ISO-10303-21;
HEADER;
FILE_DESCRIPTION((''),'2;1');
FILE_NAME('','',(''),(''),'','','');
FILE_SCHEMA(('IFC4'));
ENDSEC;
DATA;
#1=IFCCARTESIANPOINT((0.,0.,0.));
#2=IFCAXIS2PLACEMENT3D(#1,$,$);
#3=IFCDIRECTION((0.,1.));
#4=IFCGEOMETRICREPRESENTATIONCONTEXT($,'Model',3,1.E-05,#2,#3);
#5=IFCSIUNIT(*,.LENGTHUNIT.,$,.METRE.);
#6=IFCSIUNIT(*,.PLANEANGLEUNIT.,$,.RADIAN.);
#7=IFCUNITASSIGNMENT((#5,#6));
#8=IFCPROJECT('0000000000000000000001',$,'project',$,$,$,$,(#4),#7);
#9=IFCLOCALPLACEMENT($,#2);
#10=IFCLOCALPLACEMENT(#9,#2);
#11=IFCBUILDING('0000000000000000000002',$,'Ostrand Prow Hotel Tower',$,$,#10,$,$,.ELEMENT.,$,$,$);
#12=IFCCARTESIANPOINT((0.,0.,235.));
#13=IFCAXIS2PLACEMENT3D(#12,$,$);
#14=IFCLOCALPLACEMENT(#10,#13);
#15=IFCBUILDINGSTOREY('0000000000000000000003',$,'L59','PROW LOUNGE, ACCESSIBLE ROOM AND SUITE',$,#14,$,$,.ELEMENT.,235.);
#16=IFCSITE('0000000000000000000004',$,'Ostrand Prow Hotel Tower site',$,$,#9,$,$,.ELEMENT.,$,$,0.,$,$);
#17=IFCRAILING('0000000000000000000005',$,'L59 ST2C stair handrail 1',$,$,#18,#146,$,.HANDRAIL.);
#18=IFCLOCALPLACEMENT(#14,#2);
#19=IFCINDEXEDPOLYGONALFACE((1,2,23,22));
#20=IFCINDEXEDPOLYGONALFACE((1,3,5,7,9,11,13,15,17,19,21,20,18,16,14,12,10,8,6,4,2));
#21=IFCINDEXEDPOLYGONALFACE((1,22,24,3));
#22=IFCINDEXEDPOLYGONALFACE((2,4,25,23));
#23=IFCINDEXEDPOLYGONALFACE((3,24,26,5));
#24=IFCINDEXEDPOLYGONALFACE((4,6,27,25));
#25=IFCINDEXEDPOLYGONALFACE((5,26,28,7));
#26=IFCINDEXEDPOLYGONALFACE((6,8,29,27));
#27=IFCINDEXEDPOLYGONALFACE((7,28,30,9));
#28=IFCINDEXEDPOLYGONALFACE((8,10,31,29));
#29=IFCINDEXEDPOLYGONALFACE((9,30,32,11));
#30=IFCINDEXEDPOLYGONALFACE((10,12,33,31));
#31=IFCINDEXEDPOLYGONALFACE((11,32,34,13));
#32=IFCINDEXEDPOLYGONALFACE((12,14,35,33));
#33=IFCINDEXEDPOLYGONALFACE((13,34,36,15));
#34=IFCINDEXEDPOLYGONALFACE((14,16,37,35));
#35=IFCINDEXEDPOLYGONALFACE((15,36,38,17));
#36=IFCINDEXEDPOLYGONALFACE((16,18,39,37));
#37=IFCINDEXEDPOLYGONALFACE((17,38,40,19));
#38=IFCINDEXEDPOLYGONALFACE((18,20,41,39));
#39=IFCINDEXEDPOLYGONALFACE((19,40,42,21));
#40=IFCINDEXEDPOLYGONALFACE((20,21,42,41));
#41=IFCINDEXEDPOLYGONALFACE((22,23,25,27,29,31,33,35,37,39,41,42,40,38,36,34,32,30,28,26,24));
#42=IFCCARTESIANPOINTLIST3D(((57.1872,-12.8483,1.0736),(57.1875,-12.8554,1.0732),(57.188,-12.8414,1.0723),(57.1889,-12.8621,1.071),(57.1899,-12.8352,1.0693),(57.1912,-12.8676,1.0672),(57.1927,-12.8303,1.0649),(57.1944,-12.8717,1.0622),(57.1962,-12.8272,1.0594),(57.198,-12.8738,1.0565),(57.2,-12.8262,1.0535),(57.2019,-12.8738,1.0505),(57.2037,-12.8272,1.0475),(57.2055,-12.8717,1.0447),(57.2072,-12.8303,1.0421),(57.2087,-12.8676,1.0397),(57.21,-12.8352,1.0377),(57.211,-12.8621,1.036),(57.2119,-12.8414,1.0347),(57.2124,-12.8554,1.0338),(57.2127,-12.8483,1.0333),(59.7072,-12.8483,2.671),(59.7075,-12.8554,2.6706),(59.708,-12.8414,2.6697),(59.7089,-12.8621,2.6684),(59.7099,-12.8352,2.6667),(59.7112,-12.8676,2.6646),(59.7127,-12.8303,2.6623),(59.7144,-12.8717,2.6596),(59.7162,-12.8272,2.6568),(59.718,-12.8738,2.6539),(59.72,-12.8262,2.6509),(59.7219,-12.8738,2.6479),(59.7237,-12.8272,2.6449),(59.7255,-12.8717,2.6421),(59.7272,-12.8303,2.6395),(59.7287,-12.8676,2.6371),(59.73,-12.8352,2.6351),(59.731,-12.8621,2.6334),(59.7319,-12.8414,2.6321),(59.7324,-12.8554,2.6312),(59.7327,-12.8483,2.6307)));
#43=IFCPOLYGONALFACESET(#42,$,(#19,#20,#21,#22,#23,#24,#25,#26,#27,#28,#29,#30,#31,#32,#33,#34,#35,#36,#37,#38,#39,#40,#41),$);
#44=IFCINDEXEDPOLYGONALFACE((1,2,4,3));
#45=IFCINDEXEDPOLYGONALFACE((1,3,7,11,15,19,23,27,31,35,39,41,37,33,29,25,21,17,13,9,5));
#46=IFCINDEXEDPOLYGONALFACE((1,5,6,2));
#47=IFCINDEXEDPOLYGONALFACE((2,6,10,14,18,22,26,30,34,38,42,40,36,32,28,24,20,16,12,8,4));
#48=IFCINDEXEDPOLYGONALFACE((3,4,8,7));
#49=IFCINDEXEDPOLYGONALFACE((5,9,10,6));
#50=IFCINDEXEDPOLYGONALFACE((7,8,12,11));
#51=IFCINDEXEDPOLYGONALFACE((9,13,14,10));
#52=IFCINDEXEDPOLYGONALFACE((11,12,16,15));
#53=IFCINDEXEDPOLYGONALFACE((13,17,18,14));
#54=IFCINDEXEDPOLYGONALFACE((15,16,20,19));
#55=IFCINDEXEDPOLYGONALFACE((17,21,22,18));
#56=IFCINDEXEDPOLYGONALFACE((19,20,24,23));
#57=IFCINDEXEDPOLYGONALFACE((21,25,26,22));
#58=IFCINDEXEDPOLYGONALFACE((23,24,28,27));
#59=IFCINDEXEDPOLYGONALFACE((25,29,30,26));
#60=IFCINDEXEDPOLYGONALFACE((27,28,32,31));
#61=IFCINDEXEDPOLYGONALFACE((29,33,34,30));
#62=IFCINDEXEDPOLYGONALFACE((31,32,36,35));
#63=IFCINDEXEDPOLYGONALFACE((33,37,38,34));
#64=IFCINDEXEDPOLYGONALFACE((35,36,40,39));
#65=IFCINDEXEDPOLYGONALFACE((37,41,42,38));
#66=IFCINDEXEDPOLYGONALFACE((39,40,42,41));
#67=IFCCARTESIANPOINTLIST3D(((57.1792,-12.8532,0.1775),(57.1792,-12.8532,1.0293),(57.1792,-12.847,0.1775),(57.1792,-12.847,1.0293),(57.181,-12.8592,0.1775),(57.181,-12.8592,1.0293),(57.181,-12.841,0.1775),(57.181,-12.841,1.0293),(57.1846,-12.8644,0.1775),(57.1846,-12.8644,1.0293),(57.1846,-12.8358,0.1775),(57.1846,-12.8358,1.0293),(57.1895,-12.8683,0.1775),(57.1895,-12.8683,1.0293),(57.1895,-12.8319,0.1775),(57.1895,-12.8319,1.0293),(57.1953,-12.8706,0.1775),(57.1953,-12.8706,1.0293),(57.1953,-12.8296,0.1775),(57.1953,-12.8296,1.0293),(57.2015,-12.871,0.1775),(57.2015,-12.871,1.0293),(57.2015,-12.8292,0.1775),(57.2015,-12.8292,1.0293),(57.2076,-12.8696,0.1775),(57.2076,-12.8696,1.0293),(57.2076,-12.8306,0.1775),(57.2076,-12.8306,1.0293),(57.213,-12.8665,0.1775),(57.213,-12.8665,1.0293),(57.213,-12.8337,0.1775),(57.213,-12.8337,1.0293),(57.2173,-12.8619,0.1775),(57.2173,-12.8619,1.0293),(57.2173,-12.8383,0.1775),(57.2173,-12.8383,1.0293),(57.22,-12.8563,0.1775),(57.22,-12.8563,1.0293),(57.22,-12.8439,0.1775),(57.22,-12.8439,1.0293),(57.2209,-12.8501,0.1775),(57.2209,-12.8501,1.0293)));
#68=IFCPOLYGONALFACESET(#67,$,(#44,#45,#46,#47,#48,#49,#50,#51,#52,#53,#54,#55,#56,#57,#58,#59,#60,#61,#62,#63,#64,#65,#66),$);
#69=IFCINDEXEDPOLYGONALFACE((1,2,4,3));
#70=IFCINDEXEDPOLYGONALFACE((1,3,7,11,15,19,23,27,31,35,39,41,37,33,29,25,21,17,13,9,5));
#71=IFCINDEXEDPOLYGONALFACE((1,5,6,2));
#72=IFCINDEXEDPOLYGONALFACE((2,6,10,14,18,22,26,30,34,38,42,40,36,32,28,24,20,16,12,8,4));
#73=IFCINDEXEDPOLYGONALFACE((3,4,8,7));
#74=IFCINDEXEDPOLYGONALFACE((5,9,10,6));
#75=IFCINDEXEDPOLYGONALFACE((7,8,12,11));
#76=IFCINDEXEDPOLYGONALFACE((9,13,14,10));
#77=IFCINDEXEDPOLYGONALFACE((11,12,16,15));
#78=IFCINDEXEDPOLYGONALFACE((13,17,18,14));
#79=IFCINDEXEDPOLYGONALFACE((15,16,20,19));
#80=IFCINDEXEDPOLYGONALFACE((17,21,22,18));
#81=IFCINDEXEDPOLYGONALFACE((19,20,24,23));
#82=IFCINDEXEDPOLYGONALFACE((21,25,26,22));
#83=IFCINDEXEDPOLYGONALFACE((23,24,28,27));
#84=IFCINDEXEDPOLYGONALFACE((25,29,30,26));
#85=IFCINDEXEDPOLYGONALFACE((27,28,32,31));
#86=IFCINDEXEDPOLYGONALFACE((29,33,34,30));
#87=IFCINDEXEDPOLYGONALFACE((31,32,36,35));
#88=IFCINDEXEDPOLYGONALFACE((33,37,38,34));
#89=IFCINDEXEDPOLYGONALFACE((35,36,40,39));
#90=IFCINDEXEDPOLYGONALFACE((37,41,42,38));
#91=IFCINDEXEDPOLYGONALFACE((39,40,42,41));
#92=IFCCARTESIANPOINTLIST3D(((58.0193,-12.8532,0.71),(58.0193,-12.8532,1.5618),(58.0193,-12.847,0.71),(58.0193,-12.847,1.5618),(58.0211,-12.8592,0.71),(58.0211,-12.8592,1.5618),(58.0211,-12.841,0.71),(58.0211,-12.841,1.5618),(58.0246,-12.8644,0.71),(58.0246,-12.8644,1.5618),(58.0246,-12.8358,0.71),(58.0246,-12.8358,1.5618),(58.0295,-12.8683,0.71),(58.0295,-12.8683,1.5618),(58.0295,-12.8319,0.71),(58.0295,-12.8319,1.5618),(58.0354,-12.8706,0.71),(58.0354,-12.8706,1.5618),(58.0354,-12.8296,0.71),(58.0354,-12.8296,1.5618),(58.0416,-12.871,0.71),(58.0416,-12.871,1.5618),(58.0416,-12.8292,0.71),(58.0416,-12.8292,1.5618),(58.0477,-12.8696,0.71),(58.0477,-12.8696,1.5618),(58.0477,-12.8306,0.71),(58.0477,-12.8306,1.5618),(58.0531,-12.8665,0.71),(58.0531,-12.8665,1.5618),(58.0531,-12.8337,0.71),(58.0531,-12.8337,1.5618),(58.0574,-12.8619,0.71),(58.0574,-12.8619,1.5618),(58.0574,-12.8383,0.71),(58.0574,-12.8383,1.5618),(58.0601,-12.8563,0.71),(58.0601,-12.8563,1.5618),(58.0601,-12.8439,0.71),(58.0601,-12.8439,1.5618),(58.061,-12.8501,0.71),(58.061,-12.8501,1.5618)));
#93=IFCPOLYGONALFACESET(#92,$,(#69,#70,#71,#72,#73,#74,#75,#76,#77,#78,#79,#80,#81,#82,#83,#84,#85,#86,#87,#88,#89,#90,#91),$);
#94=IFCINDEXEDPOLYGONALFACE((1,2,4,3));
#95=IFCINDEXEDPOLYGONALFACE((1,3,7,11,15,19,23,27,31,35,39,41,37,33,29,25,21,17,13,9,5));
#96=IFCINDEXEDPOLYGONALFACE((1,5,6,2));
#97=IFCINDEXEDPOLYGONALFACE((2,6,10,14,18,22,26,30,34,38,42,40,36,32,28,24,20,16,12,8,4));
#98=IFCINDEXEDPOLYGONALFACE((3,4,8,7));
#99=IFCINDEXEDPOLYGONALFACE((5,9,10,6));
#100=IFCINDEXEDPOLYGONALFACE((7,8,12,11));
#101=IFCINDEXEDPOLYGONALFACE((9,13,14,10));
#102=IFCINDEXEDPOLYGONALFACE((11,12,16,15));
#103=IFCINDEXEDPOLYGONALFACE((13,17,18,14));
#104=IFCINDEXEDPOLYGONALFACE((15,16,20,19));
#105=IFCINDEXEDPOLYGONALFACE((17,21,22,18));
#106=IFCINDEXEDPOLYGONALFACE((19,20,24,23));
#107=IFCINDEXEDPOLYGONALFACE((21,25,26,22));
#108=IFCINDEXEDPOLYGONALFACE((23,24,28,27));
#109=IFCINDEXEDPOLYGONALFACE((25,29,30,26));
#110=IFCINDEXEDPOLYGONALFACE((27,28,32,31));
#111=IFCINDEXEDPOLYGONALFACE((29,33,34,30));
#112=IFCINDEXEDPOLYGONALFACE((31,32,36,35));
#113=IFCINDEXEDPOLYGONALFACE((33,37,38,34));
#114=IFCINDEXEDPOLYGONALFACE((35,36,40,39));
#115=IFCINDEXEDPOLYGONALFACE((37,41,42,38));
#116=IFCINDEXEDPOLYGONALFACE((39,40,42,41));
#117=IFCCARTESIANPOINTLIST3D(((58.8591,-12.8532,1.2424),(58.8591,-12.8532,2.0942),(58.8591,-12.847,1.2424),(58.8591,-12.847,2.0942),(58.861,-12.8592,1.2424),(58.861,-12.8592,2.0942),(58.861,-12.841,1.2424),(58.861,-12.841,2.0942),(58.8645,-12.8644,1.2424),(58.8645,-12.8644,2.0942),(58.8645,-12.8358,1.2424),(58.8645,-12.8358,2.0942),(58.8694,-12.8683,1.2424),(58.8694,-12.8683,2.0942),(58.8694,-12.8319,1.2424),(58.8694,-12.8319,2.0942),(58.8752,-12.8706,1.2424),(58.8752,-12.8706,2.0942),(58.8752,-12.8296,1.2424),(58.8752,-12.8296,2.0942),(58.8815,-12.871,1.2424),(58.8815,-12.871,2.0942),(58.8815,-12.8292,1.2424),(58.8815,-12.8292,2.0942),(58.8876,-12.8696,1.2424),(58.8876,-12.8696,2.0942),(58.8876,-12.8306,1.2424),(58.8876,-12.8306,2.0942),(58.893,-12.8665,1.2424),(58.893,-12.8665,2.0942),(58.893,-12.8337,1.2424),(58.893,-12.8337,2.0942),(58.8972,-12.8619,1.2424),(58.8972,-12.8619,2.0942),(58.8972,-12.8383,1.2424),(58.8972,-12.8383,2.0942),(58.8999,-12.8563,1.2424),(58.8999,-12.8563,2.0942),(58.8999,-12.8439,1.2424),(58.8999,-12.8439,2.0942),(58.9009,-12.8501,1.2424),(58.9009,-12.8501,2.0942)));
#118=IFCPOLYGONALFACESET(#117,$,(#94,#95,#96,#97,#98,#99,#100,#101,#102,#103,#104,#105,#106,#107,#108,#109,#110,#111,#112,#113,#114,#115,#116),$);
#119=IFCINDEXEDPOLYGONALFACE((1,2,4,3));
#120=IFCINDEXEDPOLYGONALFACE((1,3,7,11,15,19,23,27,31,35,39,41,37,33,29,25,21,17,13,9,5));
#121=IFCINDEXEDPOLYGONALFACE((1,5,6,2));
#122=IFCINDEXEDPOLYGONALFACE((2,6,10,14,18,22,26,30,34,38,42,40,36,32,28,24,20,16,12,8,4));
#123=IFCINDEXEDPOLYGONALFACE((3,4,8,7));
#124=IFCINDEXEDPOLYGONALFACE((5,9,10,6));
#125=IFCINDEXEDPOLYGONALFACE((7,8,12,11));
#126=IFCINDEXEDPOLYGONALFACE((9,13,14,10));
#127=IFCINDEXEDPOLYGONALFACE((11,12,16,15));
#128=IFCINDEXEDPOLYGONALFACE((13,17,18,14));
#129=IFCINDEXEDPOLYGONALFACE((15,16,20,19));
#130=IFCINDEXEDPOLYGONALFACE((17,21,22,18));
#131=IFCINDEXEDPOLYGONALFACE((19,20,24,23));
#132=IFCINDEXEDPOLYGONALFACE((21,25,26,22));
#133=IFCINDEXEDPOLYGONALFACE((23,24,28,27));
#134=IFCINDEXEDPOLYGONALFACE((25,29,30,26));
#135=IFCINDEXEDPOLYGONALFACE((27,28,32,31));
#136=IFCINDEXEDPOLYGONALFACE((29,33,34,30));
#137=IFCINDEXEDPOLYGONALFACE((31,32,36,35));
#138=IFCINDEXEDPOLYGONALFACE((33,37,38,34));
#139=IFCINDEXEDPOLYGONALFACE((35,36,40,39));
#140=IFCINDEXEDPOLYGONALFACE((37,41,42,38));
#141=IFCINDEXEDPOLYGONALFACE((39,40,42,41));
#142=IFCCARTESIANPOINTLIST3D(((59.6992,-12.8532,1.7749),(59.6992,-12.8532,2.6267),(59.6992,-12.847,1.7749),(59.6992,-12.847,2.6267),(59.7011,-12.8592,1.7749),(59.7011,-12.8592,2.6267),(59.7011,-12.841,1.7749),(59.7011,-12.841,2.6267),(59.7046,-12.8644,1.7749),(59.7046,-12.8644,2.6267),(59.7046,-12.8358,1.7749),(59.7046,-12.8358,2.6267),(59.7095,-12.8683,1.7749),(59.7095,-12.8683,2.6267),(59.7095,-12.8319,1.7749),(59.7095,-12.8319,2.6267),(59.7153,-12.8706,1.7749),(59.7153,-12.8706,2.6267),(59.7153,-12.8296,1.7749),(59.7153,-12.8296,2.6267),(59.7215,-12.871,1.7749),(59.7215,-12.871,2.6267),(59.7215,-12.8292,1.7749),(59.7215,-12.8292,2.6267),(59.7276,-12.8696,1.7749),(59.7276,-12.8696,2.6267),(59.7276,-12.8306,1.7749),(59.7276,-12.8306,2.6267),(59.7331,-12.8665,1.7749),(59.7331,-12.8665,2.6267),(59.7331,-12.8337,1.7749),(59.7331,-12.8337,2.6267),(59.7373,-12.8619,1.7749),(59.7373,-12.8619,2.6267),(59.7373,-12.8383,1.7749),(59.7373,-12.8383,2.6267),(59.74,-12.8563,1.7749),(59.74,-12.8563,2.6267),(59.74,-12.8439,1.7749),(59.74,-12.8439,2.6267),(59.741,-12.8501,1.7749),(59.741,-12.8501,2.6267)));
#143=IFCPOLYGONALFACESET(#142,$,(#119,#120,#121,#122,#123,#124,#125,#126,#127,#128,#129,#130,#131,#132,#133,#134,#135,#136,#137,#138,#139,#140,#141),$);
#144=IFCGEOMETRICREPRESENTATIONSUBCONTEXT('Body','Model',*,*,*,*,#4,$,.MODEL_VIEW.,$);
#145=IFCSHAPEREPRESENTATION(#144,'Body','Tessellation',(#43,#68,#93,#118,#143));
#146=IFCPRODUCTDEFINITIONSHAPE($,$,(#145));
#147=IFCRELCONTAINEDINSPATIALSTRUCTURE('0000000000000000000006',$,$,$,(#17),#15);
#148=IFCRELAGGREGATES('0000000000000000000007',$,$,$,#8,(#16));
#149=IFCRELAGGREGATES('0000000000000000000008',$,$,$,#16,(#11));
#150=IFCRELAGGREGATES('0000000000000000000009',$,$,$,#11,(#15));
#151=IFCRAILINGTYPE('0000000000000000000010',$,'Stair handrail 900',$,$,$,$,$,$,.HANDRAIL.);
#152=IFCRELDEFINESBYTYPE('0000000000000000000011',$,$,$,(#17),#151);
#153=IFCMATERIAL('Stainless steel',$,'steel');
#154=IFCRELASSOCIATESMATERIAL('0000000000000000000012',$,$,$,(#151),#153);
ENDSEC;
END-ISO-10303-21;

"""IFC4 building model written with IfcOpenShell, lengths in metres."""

from ifc_helpers import new_model, si_unit, direction, frame, origin, origin_2d, place, context, subcontext, project, spatial, circle, extrude, material, type_object, element, save


model = new_model("IFC4")

# Units and contexts
model_context = context("Model", 3, precision=1e-05, world=origin(), true_north=direction((0.0, 1.0)))
body_context = subcontext(model_context, "Body", "Model", "MODEL_VIEW")
ifc_project = project(units=[si_unit("LENGTHUNIT", "METRE"), si_unit("PLANEANGLEUNIT", "RADIAN")], contexts=[model_context])

# Site, building, storey
site_placement = place(None, origin())
site = spatial("IfcSite", under=ifc_project, at=site_placement, Name="Ostrand Prow Hotel Tower site", CompositionType="ELEMENT", RefElevation=0.0)
building_placement = place(site_placement, origin())
building = spatial("IfcBuilding", under=site, at=building_placement, Name="Ostrand Prow Hotel Tower", CompositionType="ELEMENT")
storey_placement = place(building_placement, frame((0.0, 0.0, 235.0)))
storey = spatial("IfcBuildingStorey", under=building, at=storey_placement, Name="L59", Description="PROW LOUNGE, ACCESSIBLE ROOM AND SUITE", CompositionType="ELEMENT", Elevation=235.0)

# Railing
ifc_material_1 = material(Name="Stainless steel", Category="steel")
railing_type_1 = type_object("IfcRailingType", Name="Stair handrail 900", PredefinedType="HANDRAIL", material=ifc_material_1)
railing_1_placement = place(storey_placement, frame((57.2, -12.8501, 0.1775)))
element("IfcRailing", 1, at=railing_1_placement, inside=storey, type_object=railing_type_1, Name="L59 ST2C stair handrail 1", PredefinedType="HANDRAIL", context=body_context, shape_type="SweptSolid", body=[
    extrude(circle(Radius=0.0239, at=origin_2d()), frame((0.0, 0.0, 0.876), z_axis=(0.844607, 0.0, 0.535387), x_axis=(0.0, 1.0, 0.0)), (0.0, 0.0, 1.0), 2.9836),
    extrude(circle(Radius=0.021, at=origin_2d()), origin(), (0.0, 0.0, 1.0), 0.8518),
    extrude(circle(Radius=0.021, at=origin_2d()), frame((0.8401, 0.0, 0.5325)), (0.0, 0.0, 1.0), 0.8518),
    extrude(circle(Radius=0.021, at=origin_2d()), frame((1.6799, 0.0, 1.0649)), (0.0, 0.0, 1.0), 0.8518),
    extrude(circle(Radius=0.021, at=origin_2d()), frame((2.52, 0.0, 1.5974)), (0.0, 0.0, 1.0), 0.8518),
])

save(model, "model.ifc")
